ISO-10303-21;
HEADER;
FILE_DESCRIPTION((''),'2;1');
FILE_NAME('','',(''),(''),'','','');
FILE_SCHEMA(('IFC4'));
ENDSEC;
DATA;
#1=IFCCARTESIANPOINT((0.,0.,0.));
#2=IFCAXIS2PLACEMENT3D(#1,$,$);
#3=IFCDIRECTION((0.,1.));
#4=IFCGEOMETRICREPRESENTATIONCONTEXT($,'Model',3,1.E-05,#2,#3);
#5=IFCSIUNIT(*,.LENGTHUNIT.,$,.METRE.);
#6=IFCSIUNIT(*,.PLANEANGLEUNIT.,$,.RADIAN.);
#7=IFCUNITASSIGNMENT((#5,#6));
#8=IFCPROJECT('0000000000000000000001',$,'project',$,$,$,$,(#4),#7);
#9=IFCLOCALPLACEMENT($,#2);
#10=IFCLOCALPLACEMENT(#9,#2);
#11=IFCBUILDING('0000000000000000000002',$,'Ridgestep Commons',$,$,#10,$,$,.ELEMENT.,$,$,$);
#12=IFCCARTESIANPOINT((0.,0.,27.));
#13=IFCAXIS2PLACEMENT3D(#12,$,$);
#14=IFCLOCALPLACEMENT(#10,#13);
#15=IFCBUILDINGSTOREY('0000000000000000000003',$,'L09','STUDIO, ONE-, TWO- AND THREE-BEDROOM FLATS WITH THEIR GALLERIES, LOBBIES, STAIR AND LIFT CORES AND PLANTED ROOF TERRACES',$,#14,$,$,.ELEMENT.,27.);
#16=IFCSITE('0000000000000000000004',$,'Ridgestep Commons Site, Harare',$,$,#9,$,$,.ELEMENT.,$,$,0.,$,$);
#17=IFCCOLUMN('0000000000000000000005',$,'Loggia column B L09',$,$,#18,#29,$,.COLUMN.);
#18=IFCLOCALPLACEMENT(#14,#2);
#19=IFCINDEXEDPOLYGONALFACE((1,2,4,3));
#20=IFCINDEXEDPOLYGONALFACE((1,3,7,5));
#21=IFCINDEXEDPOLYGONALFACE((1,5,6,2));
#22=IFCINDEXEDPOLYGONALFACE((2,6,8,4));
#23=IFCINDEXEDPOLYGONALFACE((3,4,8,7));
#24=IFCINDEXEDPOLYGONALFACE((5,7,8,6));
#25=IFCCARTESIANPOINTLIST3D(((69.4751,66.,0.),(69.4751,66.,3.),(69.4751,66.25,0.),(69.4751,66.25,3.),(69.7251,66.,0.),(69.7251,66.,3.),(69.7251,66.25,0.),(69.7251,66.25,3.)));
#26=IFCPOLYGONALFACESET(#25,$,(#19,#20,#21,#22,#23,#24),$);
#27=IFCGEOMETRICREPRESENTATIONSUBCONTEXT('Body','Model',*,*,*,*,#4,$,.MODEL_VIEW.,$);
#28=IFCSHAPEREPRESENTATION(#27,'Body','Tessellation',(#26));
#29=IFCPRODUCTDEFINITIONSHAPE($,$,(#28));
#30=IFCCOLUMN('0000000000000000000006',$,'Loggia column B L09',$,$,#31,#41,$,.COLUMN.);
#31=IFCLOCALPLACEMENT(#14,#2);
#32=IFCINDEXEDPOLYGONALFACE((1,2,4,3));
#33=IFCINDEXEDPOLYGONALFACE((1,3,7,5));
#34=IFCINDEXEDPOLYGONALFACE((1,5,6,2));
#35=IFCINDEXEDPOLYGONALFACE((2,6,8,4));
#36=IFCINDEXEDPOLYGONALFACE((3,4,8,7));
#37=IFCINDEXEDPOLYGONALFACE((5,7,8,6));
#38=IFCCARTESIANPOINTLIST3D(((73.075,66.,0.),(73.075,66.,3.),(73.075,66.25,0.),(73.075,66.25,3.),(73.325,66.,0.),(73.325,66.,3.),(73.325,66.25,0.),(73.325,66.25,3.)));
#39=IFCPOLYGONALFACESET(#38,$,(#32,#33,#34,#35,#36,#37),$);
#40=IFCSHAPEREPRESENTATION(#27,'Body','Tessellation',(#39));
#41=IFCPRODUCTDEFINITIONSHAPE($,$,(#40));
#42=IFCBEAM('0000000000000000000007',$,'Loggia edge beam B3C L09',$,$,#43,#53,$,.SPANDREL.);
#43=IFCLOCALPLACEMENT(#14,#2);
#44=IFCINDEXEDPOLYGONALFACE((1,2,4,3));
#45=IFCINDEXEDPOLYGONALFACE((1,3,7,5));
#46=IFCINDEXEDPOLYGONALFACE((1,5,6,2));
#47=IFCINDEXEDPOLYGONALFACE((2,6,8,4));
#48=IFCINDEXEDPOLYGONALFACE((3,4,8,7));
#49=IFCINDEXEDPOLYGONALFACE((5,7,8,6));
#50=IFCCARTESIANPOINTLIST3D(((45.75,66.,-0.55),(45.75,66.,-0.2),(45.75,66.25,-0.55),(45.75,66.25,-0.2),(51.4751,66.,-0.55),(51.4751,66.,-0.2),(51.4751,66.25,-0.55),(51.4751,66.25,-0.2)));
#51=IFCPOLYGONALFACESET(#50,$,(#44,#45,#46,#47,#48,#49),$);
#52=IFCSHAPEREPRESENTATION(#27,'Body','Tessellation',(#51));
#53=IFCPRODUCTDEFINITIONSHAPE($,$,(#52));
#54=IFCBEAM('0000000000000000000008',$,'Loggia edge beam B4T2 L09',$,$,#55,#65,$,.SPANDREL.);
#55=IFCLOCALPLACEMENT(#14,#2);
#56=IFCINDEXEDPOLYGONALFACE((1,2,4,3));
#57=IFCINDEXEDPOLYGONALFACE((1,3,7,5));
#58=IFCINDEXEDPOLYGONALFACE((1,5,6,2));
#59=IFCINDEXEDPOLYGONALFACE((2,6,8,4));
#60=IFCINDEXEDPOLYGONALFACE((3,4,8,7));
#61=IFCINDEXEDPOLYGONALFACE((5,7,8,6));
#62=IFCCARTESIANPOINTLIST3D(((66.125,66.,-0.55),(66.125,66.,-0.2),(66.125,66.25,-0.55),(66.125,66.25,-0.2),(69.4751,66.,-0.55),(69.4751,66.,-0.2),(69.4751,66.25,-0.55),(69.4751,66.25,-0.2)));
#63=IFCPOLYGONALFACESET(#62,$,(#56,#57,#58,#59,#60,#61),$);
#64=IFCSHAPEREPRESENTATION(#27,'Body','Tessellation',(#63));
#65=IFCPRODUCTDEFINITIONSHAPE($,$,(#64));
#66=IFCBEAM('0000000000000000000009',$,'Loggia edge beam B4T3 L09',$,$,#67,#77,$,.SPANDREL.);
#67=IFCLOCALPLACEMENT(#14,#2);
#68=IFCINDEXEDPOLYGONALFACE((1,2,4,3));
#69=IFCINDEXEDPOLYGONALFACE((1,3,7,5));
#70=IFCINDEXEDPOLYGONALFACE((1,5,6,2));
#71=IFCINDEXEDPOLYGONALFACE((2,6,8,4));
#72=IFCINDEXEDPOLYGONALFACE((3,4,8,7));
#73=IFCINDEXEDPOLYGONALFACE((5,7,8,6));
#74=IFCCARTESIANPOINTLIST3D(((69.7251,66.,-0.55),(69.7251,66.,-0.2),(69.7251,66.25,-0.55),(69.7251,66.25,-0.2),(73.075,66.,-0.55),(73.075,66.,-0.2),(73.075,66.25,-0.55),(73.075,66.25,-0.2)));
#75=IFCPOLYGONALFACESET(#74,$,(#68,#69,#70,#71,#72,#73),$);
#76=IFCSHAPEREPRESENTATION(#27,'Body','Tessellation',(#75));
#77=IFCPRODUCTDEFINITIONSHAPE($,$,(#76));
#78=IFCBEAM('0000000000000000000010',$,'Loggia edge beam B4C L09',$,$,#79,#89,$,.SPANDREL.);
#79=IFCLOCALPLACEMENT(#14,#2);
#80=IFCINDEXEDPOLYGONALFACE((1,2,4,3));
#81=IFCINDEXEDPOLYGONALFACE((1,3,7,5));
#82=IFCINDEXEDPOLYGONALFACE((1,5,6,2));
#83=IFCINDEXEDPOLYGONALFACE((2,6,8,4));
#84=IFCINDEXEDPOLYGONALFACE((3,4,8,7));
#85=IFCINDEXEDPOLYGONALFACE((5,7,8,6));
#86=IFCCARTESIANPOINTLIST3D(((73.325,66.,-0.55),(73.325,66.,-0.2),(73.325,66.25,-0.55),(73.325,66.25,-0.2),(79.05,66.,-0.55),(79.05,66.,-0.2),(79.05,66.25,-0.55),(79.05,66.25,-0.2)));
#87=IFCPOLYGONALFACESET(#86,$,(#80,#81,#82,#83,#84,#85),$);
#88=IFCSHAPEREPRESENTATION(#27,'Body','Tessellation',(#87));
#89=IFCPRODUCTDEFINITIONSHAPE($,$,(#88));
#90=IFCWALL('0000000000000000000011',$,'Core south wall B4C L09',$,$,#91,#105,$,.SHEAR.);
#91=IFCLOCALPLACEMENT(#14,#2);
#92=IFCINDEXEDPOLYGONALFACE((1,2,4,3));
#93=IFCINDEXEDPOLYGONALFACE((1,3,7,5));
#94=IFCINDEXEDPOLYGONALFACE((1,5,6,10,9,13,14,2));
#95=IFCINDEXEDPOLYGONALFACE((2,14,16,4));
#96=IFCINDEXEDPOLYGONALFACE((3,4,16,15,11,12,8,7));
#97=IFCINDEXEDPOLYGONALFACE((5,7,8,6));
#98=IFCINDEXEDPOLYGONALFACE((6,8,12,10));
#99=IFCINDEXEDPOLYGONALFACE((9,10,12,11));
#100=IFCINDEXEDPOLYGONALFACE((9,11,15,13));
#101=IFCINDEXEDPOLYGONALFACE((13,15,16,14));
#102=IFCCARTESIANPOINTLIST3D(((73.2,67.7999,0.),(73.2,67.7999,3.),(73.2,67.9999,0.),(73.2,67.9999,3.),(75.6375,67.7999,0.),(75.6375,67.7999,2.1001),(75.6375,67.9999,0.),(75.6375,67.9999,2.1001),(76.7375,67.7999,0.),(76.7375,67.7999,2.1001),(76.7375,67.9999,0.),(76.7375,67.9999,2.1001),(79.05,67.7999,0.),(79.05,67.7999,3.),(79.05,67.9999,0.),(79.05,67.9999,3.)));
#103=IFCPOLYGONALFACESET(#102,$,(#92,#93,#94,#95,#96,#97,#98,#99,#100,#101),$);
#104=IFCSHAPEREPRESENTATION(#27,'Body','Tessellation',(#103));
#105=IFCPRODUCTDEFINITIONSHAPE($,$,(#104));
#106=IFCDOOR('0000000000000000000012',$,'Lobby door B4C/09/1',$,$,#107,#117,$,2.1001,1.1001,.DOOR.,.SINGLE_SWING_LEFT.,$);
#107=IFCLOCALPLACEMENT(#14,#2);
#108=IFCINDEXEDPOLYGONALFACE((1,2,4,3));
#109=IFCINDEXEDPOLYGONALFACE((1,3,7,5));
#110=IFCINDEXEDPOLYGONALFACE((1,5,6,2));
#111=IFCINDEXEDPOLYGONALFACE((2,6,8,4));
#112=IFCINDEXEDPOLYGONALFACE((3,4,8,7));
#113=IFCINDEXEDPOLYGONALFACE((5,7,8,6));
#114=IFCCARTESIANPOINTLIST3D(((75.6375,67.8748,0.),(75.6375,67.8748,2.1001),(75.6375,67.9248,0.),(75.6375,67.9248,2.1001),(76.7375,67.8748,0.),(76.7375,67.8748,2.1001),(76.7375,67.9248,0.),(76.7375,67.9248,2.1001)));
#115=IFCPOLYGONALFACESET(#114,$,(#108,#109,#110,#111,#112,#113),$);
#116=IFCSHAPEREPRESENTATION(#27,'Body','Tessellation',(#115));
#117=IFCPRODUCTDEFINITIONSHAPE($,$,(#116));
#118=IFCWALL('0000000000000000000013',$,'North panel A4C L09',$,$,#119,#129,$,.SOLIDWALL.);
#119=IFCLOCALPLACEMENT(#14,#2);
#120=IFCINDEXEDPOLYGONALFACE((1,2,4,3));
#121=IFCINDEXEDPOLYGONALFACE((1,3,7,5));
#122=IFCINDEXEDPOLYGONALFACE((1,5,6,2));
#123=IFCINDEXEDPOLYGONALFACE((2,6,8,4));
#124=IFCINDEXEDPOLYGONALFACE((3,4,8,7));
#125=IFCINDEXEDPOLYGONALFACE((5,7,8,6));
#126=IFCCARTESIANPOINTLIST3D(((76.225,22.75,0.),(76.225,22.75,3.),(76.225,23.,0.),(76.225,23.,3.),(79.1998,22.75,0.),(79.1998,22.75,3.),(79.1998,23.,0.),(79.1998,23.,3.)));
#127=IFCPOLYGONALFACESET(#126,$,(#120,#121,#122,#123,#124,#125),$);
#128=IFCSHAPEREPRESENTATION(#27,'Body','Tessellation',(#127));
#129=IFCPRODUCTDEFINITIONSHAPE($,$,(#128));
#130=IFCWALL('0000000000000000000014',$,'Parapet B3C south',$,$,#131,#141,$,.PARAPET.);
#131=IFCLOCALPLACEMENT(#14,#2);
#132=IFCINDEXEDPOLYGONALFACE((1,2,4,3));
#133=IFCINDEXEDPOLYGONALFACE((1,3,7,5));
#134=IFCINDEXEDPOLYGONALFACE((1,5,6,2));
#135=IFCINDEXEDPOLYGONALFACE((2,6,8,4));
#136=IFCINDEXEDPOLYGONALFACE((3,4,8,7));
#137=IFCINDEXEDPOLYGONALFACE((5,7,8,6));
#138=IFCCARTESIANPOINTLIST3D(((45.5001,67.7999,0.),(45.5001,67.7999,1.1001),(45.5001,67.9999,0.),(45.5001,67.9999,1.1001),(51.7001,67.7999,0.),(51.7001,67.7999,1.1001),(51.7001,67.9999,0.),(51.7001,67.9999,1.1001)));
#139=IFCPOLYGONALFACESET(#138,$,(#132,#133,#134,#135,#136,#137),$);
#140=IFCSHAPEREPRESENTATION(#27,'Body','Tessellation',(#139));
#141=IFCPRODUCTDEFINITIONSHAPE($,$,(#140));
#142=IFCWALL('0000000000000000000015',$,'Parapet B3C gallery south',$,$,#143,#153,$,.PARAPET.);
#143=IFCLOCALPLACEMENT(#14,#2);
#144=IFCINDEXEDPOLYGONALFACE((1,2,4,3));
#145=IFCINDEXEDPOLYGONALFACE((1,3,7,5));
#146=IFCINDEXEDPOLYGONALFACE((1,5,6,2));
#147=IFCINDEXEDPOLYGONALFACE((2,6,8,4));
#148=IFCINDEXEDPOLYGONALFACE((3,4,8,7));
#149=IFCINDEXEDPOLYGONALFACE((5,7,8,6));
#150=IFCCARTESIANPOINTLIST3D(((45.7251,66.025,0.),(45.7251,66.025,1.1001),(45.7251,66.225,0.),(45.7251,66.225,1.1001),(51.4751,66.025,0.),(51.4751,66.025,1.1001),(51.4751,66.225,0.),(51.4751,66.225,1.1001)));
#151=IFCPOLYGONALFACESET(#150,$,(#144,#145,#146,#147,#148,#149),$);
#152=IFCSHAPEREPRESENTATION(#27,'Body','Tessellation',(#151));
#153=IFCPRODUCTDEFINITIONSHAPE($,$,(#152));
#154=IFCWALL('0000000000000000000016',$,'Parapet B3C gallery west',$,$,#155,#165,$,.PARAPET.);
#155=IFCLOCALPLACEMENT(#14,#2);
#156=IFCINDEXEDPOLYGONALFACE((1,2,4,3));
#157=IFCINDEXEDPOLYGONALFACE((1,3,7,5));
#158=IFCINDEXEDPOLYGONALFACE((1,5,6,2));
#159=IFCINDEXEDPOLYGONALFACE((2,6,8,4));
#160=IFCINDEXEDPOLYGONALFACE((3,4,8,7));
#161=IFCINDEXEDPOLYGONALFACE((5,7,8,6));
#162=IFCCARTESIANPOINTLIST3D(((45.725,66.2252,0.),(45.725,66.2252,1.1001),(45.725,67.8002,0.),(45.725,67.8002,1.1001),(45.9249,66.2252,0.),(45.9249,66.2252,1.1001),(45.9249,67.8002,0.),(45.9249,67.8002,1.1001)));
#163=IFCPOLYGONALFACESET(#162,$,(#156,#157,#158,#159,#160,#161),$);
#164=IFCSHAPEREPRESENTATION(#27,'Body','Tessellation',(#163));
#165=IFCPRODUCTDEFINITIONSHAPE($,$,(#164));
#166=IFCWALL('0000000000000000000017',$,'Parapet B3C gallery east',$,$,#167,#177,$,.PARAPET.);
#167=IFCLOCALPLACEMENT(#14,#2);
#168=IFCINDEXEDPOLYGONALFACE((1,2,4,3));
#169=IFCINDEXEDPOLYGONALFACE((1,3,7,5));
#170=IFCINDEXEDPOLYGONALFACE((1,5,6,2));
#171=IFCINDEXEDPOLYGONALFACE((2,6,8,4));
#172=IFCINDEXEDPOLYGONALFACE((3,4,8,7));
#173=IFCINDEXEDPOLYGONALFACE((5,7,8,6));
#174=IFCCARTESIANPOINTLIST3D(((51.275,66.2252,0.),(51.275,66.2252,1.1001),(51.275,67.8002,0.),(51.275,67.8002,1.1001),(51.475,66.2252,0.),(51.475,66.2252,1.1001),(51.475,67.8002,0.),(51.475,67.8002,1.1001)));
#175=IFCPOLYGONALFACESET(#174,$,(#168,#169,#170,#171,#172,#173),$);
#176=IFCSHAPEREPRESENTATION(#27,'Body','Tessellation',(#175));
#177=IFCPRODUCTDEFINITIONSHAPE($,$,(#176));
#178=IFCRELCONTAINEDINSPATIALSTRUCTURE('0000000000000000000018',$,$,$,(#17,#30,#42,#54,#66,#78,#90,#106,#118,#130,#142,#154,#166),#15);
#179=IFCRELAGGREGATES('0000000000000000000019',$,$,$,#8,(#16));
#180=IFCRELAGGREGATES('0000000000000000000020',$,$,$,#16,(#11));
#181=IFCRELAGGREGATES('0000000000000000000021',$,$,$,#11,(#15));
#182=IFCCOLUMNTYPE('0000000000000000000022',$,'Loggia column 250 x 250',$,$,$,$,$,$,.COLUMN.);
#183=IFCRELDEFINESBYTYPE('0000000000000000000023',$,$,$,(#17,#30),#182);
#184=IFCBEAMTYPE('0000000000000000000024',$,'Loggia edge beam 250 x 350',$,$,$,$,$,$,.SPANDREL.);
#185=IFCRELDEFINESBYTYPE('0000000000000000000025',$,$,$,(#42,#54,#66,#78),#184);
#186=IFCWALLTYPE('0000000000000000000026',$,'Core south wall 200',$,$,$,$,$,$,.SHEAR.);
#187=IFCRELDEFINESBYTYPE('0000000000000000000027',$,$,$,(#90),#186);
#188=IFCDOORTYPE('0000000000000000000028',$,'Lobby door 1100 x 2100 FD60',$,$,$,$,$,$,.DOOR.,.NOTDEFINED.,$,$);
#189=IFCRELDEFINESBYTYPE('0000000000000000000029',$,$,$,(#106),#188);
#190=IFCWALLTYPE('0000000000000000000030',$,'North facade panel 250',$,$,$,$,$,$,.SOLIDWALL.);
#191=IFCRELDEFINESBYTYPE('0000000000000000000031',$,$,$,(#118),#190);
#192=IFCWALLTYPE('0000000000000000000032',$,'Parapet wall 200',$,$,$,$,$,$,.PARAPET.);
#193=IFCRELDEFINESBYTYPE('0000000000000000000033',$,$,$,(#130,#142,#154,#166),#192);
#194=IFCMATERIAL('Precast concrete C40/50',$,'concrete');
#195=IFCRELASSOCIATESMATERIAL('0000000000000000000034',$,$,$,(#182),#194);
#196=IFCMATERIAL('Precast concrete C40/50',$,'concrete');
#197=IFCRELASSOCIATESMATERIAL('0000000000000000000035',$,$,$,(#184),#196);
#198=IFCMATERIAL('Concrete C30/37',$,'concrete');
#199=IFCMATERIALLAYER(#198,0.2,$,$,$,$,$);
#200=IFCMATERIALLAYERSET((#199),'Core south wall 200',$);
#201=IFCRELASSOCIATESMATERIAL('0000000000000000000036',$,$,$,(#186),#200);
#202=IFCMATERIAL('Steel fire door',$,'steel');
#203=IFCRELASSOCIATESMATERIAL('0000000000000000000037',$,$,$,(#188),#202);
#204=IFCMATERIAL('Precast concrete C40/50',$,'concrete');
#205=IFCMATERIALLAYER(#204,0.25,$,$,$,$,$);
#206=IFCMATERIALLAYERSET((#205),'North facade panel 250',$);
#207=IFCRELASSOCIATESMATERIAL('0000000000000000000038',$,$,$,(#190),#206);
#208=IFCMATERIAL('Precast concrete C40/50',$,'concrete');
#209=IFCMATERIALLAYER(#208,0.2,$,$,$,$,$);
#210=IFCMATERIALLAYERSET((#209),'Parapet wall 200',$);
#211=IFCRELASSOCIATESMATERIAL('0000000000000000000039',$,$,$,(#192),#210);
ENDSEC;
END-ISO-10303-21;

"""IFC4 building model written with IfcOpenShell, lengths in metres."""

from ifc_helpers import new_model, si_unit, direction, frame, frame_2d, origin, origin_2d, place, context, subcontext, project, spatial, rectangle, extrude, material, layer, layer_set, material_profile, profile_set, type_object, element, fill, save


model = new_model("IFC4")

# Units and contexts
model_context = context("Model", 3, precision=1e-05, world=origin(), true_north=direction((0.0, 1.0)))
body_context = subcontext(model_context, "Body", "Model", "MODEL_VIEW")
ifc_project = project(units=[si_unit("LENGTHUNIT", "METRE"), si_unit("PLANEANGLEUNIT", "RADIAN")], contexts=[model_context])

# Site, building, storey
site_placement = place(None, origin())
site = spatial("IfcSite", under=ifc_project, at=site_placement, Name="Ridgestep Commons Site, Harare", CompositionType="ELEMENT", RefElevation=0.0)
building_placement = place(site_placement, origin())
building = spatial("IfcBuilding", under=site, at=building_placement, Name="Ridgestep Commons", CompositionType="ELEMENT")
storey_placement = place(building_placement, frame((0.0, 0.0, 27.0)))
storey = spatial("IfcBuildingStorey", under=building, at=storey_placement, Name="L09", Description="STUDIO, ONE-, TWO- AND THREE-BEDROOM FLATS WITH THEIR GALLERIES, LOBBIES, STAIR AND LIFT CORES AND PLANTED ROOF TERRACES", CompositionType="ELEMENT", Elevation=27.0)

# Columns
ifc_material_1 = material(Name="Precast concrete C40/50", Category="concrete")
ifc_material_profile_1 = material_profile(ifc_material_1, rectangle(XDim=0.25, YDim=0.25, at=origin_2d()), Name="PC 250x250")
ifc_profile_set_1 = profile_set([ifc_material_profile_1], Name="Precast concrete C40/50")
column_type = type_object("IfcColumnType", Name="Loggia column 250 x 250", PredefinedType="COLUMN", material=ifc_profile_set_1)
for number, where, z_axis, x_axis, name in (
    (1, (69.6001, 66.125, 0.0), (0.0, 0.0, 1.0), (1.0, 0.0, 0.0), "Loggia column B L09"),
    (2, (73.2, 66.125, 0.0), (0.0, 0.0, 1.0), (1.0, 0.0, 0.0), "Loggia column B L09"),
):
    element("IfcColumn", number, at=place(storey_placement, frame(where, z_axis=z_axis, x_axis=x_axis)), inside=storey, type_object=column_type, Name=name, PredefinedType="COLUMN", context=body_context, shape_type="SweptSolid", body=[
        extrude(rectangle(XDim=0.25, YDim=0.25, at=origin_2d()), origin(), (0.0, 0.0, 1.0), 3.0),
    ])

# Beams
ifc_material_2 = material(Name="Precast concrete C40/50", Category="concrete")
ifc_material_profile_2 = material_profile(ifc_material_2, rectangle(XDim=0.25, YDim=0.3501, at=origin_2d()), Name="PC 250x350")
ifc_profile_set_2 = profile_set([ifc_material_profile_2], Name="Precast concrete C40/50")
beam_type = type_object("IfcBeamType", Name="Loggia edge beam 250 x 350", PredefinedType="SPANDREL", material=ifc_profile_set_2)
beam_1_placement = place(storey_placement, frame((45.75, 66.125, -0.375), z_axis=(1.0, 0.0, 0.0), x_axis=(0.0, 1.0, 0.0)))
element("IfcBeam", 3, at=beam_1_placement, inside=storey, type_object=beam_type, Name="Loggia edge beam B3C L09", PredefinedType="SPANDREL", context=body_context, shape_type="SweptSolid", body=[
    extrude(rectangle(XDim=0.25, YDim=0.3501, at=origin_2d()), origin(), (0.0, 0.0, 1.0), 5.7251),
])
beam_2_placement = place(storey_placement, frame((66.125, 66.125, -0.375), z_axis=(1.0, 0.0, 0.0), x_axis=(0.0, 1.0, 0.0)))
element("IfcBeam", 4, at=beam_2_placement, inside=storey, type_object=beam_type, Name="Loggia edge beam B4T2 L09", PredefinedType="SPANDREL", context=body_context, shape_type="SweptSolid", body=[
    extrude(rectangle(XDim=0.25, YDim=0.3501, at=origin_2d()), origin(), (0.0, 0.0, 1.0), 3.3501),
])
beam_3_placement = place(storey_placement, frame((69.7251, 66.125, -0.375), z_axis=(1.0, 0.0, 0.0), x_axis=(0.0, 1.0, 0.0)))
element("IfcBeam", 5, at=beam_3_placement, inside=storey, type_object=beam_type, Name="Loggia edge beam B4T3 L09", PredefinedType="SPANDREL", context=body_context, shape_type="SweptSolid", body=[
    extrude(rectangle(XDim=0.25, YDim=0.3501, at=origin_2d()), origin(), (0.0, 0.0, 1.0), 3.3499),
])
beam_4_placement = place(storey_placement, frame((73.325, 66.125, -0.375), z_axis=(1.0, 0.0, 0.0), x_axis=(0.0, 1.0, 0.0)))
element("IfcBeam", 6, at=beam_4_placement, inside=storey, type_object=beam_type, Name="Loggia edge beam B4C L09", PredefinedType="SPANDREL", context=body_context, shape_type="SweptSolid", body=[
    extrude(rectangle(XDim=0.25, YDim=0.3501, at=origin_2d()), origin(), (0.0, 0.0, 1.0), 5.7251),
])

# Wall, opening, door
ifc_material_3 = material(Name="Concrete C30/37", Category="concrete")
ifc_layer_1 = layer(ifc_material_3, 0.2)
ifc_layer_set_1 = layer_set([ifc_layer_1], Name="Core south wall 200")
wall_type_1 = type_object("IfcWallType", Name="Core south wall 200", PredefinedType="SHEAR", material=ifc_layer_set_1)
wall_1_placement = place(storey_placement, frame((73.2, 67.8999, 0.0), z_axis=(0.0, 0.0, 1.0), x_axis=(1.0, 0.0, 0.0)))
wall_1 = element("IfcWall", 7, at=wall_1_placement, inside=storey, type_object=wall_type_1, Name="Core south wall B4C L09", PredefinedType="SHEAR", context=body_context, shape_type="SweptSolid", body=[
    extrude(rectangle(XDim=5.8501, YDim=0.2, at=frame_2d((2.925, 0.0))), origin(), (0.0, 0.0, 1.0), 3.0),
])
opening_1_placement = place(wall_1_placement, frame((2.4375, 0.0, 0.0)))
opening_1 = element("IfcOpeningElement", 8, at=opening_1_placement, cuts=wall_1, PredefinedType="OPENING", context=body_context, shape_type="SweptSolid", body=[
    extrude(rectangle(XDim=1.1001, YDim=2.1001, at=frame_2d((0.55, 1.05))), frame((0.0, 0.1099, 0.0), z_axis=(0.0, -1.0, 0.0), x_axis=(1.0, 0.0, 0.0)), (0.0, 0.0, 1.0), 0.22),
])
ifc_material_4 = material(Name="Steel fire door", Category="steel")
door_type_1 = type_object("IfcDoorType", Name="Lobby door 1100 x 2100 FD60", OperationType="NOTDEFINED", PredefinedType="DOOR", material=ifc_material_4)
door_1_placement = place(opening_1_placement, origin())
door_1 = element("IfcDoor", 9, at=door_1_placement, inside=storey, type_object=door_type_1, Name="Lobby door B4C/09/1", OperationType="SINGLE_SWING_LEFT", OverallHeight=2.1001, OverallWidth=1.1001, PredefinedType="DOOR", context=body_context, shape_type="SweptSolid", body=[
    extrude(rectangle(XDim=1.1001, YDim=2.1001, at=frame_2d((0.55, 1.05))), frame((0.0, 0.0249, 0.0), z_axis=(0.0, -1.0, 0.0), x_axis=(1.0, 0.0, 0.0)), (0.0, 0.0, 1.0), 0.05),
])
fill(opening_1, door_1)

# Walls
ifc_material_5 = material(Name="Precast concrete C40/50", Category="concrete")
ifc_layer_2 = layer(ifc_material_5, 0.25)
ifc_layer_set_2 = layer_set([ifc_layer_2], Name="North facade panel 250")
wall_type_2 = type_object("IfcWallType", Name="North facade panel 250", PredefinedType="SOLIDWALL", material=ifc_layer_set_2)
wall_2_placement = place(storey_placement, frame((76.2251, 22.875, 0.0), z_axis=(0.0, 0.0, 1.0), x_axis=(1.0, 0.0, 0.0)))
element("IfcWall", 10, at=wall_2_placement, inside=storey, type_object=wall_type_2, Name="North panel A4C L09", PredefinedType="SOLIDWALL", context=body_context, shape_type="SweptSolid", body=[
    extrude(rectangle(XDim=2.9749, YDim=0.25, at=frame_2d((1.4873, 0.0))), origin(), (0.0, 0.0, 1.0), 3.0),
])
ifc_material_6 = material(Name="Precast concrete C40/50", Category="concrete")
ifc_layer_3 = layer(ifc_material_6, 0.2)
ifc_layer_set_3 = layer_set([ifc_layer_3], Name="Parapet wall 200")
wall_type_3 = type_object("IfcWallType", Name="Parapet wall 200", PredefinedType="PARAPET", material=ifc_layer_set_3)
wall_3_placement = place(storey_placement, frame((45.5, 67.8999, 0.0), z_axis=(0.0, 0.0, 1.0), x_axis=(1.0, 0.0, 0.0)))
element("IfcWall", 11, at=wall_3_placement, inside=storey, type_object=wall_type_3, Name="Parapet B3C south", PredefinedType="PARAPET", context=body_context, shape_type="SweptSolid", body=[
    extrude(rectangle(XDim=6.2, YDim=0.2, at=frame_2d((3.1001, 0.0))), origin(), (0.0, 0.0, 1.0), 1.1001),
])
wall_4_placement = place(storey_placement, frame((45.7251, 66.125, 0.0), z_axis=(0.0, 0.0, 1.0), x_axis=(1.0, 0.0, 0.0)))
element("IfcWall", 12, at=wall_4_placement, inside=storey, type_object=wall_type_3, Name="Parapet B3C gallery south", PredefinedType="PARAPET", context=body_context, shape_type="SweptSolid", body=[
    extrude(rectangle(XDim=5.75, YDim=0.2, at=frame_2d((2.875, 0.0))), origin(), (0.0, 0.0, 1.0), 1.1001),
])
for number, where, z_axis, x_axis, name in (
    (13, (45.825, 66.2251, 0.0), (0.0, 0.0, 1.0), (0.0, 1.0, 0.0), "Parapet B3C gallery west"),
    (14, (51.375, 66.2251, 0.0), (0.0, 0.0, 1.0), (0.0, 1.0, 0.0), "Parapet B3C gallery east"),
):
    element("IfcWall", number, at=place(storey_placement, frame(where, z_axis=z_axis, x_axis=x_axis)), inside=storey, type_object=wall_type_3, Name=name, PredefinedType="PARAPET", context=body_context, shape_type="SweptSolid", body=[
        extrude(rectangle(XDim=1.575, YDim=0.2, at=frame_2d((0.7876, 0.0))), origin(), (0.0, 0.0, 1.0), 1.1001),
    ])

save(model, "model.ifc")
